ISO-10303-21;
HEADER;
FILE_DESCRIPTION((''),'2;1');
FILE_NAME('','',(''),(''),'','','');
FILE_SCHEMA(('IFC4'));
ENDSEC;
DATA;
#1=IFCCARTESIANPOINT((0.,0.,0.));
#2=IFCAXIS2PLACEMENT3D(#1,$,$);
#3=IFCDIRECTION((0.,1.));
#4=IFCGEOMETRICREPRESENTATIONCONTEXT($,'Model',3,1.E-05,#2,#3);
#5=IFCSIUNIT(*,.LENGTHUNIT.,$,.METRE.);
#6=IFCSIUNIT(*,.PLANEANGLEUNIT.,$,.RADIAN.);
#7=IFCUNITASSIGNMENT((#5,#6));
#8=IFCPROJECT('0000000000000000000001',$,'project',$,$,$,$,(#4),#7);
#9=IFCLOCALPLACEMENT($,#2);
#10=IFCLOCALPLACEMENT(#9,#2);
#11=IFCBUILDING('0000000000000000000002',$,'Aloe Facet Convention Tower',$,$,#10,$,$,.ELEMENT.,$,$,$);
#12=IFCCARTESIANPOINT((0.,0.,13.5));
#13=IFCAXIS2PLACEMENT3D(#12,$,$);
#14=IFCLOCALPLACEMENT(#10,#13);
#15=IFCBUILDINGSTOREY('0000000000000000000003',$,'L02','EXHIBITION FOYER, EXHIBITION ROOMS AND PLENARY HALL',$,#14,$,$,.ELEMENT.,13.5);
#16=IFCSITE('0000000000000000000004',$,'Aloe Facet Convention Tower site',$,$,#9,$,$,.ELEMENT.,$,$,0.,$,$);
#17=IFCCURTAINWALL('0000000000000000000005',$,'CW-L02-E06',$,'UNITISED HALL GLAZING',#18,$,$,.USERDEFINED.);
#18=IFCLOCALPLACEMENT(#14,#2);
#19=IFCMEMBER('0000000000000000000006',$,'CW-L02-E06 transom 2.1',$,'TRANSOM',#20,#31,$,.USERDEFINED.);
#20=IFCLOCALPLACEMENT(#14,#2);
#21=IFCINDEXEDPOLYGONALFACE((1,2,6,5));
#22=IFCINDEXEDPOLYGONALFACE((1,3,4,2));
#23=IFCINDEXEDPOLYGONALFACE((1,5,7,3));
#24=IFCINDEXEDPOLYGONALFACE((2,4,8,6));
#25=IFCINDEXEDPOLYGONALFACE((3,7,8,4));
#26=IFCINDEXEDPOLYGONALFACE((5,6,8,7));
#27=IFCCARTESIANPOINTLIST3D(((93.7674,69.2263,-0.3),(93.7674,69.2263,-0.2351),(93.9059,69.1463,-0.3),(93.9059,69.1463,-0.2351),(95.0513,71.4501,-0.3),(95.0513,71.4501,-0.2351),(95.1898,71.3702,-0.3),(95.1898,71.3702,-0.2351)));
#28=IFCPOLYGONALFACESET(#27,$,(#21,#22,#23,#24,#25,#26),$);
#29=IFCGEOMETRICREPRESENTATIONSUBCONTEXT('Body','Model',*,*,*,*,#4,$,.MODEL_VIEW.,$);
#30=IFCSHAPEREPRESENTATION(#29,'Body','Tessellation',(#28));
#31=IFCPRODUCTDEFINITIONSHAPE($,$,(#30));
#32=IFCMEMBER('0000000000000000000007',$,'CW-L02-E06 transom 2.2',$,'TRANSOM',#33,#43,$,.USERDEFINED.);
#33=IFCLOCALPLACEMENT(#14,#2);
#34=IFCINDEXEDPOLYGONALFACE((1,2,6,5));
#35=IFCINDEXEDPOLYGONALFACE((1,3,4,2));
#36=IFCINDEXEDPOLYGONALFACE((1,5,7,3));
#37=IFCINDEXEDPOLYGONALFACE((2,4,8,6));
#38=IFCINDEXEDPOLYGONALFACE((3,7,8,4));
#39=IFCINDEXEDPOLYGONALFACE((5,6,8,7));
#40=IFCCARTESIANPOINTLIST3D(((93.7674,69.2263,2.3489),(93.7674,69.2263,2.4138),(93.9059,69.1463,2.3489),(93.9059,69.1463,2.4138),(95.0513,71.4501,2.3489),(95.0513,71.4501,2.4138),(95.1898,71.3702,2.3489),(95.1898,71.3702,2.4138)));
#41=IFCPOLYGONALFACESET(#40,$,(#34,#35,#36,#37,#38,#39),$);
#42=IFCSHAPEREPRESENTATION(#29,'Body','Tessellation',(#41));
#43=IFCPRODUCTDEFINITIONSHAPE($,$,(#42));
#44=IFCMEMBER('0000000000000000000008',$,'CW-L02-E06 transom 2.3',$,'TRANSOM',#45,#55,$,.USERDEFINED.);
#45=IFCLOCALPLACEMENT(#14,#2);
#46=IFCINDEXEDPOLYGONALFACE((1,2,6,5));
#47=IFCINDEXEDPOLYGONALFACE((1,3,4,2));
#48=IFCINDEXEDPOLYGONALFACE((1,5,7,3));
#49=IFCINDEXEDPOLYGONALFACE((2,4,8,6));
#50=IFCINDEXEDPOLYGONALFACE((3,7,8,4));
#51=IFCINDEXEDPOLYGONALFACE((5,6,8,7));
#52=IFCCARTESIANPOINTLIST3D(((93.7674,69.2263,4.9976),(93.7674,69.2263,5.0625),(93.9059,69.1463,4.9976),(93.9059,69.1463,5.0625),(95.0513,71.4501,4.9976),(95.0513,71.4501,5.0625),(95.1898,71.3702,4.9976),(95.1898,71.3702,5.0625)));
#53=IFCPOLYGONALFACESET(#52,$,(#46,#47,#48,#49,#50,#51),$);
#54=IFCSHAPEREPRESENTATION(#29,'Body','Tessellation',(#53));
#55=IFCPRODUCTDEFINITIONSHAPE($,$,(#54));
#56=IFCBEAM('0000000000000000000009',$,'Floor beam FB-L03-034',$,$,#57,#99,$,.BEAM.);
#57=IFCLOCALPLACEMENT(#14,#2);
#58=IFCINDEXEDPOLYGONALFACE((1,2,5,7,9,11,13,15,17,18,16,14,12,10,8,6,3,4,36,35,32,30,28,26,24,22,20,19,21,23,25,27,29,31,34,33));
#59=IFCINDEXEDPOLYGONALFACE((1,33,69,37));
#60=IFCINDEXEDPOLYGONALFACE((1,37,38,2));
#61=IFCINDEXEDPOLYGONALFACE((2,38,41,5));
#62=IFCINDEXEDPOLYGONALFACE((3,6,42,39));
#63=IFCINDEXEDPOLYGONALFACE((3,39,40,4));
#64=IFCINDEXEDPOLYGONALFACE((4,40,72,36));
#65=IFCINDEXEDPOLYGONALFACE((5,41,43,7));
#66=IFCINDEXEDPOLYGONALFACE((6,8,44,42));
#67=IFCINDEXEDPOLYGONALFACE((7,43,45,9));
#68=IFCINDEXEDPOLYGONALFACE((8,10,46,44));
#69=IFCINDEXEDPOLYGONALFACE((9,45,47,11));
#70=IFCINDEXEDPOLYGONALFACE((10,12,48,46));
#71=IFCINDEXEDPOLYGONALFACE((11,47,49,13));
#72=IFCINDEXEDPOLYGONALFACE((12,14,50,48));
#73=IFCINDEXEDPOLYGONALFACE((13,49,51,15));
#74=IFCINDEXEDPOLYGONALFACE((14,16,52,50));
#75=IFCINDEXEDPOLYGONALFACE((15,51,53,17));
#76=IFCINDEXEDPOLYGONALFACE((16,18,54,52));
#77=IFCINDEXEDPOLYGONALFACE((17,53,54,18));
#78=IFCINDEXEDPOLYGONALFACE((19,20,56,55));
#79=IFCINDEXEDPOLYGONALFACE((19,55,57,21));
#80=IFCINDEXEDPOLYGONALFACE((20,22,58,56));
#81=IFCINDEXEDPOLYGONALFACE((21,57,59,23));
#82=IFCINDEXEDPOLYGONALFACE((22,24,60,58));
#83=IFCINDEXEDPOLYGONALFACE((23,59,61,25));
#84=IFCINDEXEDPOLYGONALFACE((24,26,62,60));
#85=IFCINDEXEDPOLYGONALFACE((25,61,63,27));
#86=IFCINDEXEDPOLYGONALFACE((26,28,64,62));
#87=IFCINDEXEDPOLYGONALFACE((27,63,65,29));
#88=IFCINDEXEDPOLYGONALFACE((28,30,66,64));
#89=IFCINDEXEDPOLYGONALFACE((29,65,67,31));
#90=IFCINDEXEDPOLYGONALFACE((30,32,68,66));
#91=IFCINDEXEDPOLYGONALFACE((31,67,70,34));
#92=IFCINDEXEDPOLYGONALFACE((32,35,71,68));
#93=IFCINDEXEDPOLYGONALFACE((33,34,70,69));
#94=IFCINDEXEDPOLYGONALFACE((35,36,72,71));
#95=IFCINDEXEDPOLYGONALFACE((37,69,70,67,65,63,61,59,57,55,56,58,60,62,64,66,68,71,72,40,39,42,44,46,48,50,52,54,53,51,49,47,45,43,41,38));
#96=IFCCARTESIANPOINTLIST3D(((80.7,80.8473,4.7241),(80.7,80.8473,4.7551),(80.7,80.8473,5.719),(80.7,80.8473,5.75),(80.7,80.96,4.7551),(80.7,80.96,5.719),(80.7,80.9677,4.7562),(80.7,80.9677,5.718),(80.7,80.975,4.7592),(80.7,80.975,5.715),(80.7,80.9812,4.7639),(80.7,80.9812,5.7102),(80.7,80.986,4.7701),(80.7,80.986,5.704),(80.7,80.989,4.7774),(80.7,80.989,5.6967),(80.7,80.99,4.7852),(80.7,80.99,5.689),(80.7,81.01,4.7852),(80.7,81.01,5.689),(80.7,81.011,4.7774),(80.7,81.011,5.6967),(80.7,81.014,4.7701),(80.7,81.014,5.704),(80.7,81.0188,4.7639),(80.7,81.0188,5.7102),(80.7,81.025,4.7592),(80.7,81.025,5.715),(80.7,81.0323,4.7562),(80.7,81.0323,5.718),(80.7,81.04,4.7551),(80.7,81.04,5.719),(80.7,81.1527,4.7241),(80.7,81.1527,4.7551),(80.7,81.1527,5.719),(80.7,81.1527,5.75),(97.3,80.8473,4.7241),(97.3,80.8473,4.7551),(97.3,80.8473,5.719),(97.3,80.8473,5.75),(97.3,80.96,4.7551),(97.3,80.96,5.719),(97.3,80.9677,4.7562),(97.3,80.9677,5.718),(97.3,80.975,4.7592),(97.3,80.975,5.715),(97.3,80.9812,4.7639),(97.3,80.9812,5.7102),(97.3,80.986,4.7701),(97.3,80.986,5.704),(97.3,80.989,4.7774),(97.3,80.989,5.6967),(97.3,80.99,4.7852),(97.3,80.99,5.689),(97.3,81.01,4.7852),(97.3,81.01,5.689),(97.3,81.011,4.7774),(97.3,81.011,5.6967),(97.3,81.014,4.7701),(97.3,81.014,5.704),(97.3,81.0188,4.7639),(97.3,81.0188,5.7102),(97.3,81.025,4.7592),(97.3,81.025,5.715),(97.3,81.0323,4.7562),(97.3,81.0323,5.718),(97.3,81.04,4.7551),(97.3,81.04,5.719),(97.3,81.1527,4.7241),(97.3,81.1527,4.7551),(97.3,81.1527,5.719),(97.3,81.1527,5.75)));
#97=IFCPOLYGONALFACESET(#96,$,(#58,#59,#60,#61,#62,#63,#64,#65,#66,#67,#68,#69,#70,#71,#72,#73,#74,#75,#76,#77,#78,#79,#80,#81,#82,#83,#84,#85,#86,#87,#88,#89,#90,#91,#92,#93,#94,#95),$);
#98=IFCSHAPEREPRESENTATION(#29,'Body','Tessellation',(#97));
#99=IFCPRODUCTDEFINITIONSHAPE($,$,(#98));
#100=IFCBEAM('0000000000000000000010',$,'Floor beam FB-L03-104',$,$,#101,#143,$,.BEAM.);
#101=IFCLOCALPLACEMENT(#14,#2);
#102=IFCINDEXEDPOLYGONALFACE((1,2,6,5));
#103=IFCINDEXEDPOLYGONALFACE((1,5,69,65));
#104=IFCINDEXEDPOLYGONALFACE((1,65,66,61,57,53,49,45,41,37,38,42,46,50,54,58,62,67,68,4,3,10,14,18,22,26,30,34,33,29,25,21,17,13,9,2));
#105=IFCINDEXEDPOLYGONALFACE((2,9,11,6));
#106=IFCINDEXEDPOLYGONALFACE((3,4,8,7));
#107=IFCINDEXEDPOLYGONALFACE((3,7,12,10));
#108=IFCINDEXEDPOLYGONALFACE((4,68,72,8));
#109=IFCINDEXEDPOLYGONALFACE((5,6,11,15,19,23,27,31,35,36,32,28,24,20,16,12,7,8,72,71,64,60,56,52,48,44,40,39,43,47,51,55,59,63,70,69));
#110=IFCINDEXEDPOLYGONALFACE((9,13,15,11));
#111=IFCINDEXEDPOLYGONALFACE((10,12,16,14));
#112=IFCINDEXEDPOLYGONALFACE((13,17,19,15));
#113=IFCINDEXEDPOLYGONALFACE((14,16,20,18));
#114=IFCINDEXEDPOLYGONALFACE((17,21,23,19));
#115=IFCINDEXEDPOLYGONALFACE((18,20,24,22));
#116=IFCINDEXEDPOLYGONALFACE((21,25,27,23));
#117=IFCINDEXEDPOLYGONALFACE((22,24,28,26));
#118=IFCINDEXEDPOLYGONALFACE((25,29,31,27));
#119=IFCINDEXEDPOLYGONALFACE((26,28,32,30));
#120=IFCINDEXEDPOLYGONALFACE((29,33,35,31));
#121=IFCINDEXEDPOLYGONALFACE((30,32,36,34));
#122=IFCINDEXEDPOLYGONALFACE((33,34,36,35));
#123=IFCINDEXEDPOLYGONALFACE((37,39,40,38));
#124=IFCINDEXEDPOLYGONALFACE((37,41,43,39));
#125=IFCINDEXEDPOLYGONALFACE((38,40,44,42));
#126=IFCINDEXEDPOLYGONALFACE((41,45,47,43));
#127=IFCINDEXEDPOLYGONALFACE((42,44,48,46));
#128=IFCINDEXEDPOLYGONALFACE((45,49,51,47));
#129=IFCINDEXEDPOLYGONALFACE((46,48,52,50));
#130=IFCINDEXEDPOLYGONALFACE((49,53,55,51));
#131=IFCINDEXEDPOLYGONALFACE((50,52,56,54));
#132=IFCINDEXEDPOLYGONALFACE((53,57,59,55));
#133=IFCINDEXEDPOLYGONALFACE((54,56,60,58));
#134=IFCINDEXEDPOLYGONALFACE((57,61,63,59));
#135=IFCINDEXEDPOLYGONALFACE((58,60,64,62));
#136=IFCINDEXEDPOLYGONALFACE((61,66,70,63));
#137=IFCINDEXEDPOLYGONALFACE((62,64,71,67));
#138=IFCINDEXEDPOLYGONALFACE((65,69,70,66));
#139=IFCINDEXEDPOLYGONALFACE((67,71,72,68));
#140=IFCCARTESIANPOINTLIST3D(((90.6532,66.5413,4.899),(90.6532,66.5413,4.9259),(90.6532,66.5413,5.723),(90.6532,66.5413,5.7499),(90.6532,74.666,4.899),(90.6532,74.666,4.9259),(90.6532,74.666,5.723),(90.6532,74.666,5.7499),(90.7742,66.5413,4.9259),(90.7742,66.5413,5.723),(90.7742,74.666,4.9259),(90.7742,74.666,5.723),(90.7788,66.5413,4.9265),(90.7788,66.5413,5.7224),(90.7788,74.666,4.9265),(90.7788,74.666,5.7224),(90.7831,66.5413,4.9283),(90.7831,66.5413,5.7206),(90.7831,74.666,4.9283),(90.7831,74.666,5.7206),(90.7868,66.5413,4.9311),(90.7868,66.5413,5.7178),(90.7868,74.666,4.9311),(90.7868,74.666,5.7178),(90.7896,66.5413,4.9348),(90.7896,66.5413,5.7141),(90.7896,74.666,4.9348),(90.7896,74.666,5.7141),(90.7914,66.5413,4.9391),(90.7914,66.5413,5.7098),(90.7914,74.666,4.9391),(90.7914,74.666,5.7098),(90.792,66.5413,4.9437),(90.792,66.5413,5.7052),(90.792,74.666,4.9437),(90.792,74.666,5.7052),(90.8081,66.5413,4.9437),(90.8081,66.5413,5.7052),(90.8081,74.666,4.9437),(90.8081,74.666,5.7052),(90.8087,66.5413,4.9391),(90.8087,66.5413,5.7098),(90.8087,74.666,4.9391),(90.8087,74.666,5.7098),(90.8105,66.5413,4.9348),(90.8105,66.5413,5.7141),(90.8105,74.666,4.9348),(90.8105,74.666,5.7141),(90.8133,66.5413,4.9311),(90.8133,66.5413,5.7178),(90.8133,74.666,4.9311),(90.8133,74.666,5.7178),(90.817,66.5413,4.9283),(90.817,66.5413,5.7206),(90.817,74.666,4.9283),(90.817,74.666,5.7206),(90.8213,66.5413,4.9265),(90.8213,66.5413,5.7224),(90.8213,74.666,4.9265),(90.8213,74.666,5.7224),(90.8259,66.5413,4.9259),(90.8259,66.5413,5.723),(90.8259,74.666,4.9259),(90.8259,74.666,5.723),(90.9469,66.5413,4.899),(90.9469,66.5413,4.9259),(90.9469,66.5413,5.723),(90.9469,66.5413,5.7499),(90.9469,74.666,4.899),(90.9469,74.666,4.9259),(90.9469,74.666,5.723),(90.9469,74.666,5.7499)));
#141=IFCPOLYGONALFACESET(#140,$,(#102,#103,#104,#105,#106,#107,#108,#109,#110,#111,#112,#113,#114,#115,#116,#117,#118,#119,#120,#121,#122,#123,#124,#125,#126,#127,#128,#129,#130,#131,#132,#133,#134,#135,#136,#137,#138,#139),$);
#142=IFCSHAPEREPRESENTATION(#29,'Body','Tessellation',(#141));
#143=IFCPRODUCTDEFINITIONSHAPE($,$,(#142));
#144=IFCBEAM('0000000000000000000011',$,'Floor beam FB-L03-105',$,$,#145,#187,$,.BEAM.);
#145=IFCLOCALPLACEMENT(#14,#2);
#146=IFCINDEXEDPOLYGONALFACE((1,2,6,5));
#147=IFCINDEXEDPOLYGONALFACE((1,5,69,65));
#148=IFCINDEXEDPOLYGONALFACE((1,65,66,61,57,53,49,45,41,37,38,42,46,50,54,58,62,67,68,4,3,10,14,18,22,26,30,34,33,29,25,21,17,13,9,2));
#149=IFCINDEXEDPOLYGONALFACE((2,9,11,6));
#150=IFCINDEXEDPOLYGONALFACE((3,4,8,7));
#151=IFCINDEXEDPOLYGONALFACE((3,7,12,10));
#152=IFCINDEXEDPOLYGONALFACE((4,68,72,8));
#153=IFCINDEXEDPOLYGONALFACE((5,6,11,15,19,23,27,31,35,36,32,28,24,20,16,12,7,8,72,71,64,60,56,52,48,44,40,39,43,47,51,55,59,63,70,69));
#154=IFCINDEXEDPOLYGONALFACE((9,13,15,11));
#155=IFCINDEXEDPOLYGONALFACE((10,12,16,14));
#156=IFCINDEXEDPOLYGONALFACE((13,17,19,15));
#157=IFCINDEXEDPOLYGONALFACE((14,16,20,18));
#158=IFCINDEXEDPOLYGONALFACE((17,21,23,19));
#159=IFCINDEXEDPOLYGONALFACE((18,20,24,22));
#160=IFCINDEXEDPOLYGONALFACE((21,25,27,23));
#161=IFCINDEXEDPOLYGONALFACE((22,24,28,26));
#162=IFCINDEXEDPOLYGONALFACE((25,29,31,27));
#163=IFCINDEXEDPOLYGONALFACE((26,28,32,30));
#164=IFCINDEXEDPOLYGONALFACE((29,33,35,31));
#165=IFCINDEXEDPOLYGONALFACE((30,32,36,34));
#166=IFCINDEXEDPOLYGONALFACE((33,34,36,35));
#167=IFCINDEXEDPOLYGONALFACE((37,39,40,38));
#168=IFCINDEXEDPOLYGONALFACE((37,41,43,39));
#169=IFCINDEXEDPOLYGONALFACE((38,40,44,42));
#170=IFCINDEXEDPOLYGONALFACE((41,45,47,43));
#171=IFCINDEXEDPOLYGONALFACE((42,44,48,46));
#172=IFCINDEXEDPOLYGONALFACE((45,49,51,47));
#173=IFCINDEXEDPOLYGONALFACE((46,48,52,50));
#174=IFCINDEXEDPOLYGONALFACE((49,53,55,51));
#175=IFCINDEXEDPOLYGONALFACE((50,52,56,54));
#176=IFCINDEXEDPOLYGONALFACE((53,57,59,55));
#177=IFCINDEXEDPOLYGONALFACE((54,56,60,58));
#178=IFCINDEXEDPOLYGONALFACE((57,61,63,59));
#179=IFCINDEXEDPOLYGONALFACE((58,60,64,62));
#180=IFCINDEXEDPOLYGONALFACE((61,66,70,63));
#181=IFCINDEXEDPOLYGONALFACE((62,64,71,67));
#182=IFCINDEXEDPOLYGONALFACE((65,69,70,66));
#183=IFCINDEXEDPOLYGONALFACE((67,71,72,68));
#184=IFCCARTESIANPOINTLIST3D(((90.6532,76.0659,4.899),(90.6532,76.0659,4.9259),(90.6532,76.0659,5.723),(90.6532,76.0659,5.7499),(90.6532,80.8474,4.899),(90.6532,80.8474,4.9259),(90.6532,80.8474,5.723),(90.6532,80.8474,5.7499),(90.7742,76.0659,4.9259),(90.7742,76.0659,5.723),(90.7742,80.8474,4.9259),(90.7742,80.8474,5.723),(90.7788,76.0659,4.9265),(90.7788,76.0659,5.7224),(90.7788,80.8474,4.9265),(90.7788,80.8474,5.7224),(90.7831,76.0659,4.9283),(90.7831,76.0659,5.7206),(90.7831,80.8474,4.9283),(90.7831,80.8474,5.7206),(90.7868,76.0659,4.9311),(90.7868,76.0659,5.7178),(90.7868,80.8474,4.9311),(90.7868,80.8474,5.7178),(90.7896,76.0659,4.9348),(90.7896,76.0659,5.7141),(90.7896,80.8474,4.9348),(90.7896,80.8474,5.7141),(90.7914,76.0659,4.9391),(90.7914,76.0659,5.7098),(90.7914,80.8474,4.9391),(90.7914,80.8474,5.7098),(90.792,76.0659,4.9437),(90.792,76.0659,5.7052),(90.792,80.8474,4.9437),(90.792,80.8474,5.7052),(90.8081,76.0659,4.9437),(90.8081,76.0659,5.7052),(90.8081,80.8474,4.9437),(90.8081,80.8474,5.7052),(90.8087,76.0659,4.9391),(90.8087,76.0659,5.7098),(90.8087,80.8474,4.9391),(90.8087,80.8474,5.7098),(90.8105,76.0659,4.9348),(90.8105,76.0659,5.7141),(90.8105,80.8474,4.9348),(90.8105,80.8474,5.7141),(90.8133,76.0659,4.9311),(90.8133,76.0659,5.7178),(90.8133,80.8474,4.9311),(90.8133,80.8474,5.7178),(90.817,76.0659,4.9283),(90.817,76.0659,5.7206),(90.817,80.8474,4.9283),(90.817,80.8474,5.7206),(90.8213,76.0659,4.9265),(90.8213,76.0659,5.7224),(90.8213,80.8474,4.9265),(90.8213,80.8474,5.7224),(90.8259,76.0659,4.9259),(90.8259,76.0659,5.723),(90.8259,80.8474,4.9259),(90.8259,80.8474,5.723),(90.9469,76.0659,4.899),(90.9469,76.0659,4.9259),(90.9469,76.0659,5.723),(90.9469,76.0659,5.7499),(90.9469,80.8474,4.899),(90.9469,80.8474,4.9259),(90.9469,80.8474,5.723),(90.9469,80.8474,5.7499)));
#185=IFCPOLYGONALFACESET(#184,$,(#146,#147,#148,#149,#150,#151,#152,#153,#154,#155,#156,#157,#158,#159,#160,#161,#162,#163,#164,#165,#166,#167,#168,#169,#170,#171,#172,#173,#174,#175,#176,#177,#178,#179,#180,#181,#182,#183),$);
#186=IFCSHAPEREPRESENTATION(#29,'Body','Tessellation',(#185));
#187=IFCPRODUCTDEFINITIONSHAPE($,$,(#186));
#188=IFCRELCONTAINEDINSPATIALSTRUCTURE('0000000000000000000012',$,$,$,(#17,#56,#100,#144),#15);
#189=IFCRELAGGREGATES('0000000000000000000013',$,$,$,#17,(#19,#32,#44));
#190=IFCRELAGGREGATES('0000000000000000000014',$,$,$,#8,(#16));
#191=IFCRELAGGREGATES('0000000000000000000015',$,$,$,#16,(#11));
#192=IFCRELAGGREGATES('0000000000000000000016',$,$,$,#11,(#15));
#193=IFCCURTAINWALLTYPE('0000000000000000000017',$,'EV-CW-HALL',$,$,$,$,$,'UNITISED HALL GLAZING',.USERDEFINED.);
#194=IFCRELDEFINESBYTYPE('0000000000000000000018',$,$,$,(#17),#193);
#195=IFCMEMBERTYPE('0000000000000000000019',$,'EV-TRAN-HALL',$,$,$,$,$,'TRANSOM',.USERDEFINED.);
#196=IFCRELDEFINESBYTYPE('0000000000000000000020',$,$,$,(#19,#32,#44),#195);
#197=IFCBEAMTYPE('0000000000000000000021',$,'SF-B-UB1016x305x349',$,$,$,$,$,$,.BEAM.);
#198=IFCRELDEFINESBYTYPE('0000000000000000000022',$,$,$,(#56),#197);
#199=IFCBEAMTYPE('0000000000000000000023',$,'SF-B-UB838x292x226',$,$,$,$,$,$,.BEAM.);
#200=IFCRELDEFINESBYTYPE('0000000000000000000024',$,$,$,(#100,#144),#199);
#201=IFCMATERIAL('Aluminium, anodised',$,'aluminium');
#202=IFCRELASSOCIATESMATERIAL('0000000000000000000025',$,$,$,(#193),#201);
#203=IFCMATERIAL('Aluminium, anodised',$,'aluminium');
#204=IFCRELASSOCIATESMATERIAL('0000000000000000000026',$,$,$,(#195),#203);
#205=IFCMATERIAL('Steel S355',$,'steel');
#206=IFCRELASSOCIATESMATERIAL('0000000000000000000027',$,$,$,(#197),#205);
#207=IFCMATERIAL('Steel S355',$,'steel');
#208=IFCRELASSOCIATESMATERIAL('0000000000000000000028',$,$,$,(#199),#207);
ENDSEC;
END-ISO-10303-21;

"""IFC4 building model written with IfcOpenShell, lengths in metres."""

from ifc_helpers import new_model, si_unit, direction, frame, origin, origin_2d, place, context, subcontext, project, spatial, rectangle, i_section, extrude, material, material_profile, profile_set, type_object, element, aggregate, save


model = new_model("IFC4")

# Units and contexts
model_context = context("Model", 3, precision=1e-05, world=origin(), true_north=direction((0.0, 1.0)))
body_context = subcontext(model_context, "Body", "Model", "MODEL_VIEW")
ifc_project = project(units=[si_unit("LENGTHUNIT", "METRE"), si_unit("PLANEANGLEUNIT", "RADIAN")], contexts=[model_context])

# Site, building, storey
site_placement = place(None, origin())
site = spatial("IfcSite", under=ifc_project, at=site_placement, Name="Aloe Facet Convention Tower site", CompositionType="ELEMENT", RefElevation=0.0)
building_placement = place(site_placement, origin())
building = spatial("IfcBuilding", under=site, at=building_placement, Name="Aloe Facet Convention Tower", CompositionType="ELEMENT")
storey_placement = place(building_placement, frame((0.0, 0.0, 13.5)))
storey = spatial("IfcBuildingStorey", under=building, at=storey_placement, Name="L02", Description="EXHIBITION FOYER, EXHIBITION ROOMS AND PLENARY HALL", CompositionType="ELEMENT", Elevation=13.5)

# Shared definitions
ifc_material_1 = material(Name="Aluminium, anodised", Category="aluminium")
curtain_wall_type = type_object("IfcCurtainWallType", Name="EV-CW-HALL", ElementType="UNITISED HALL GLAZING", PredefinedType="USERDEFINED", material=ifc_material_1)

# Curtain wall, members
curtain_wall_1_placement = place(storey_placement, origin())
curtain_wall_1 = element("IfcCurtainWall", 1, at=curtain_wall_1_placement, inside=storey, type_object=curtain_wall_type, Name="CW-L02-E06", ObjectType="UNITISED HALL GLAZING", PredefinedType="USERDEFINED")
ifc_material_2 = material(Name="Aluminium, anodised", Category="aluminium")
ifc_material_profile_1 = material_profile(ifc_material_2, rectangle(XDim=0.1599, YDim=0.0649, at=origin_2d()), Name="AL 160x65")
ifc_profile_set_1 = profile_set([ifc_material_profile_1], Name="Aluminium, anodised")
member_type_1 = type_object("IfcMemberType", Name="EV-TRAN-HALL", ElementType="TRANSOM", PredefinedType="USERDEFINED", material=ifc_profile_set_1)
member_1_placement = place(storey_placement, frame((93.8367, 69.1863, -0.2676), z_axis=(0.499994, 0.866029, 0.0), x_axis=(-0.866029, 0.499994, 0.0)))
member_1 = element("IfcMember", 2, at=member_1_placement, type_object=member_type_1, Name="CW-L02-E06 transom 2.1", ObjectType="TRANSOM", PredefinedType="USERDEFINED", context=body_context, shape_type="SweptSolid", body=[
    extrude(rectangle(XDim=0.1599, YDim=0.0649, at=origin_2d()), origin(), (0.0, 0.0, 1.0), 2.5679),
])
member_2_placement = place(storey_placement, frame((93.8367, 69.1863, 2.3813), z_axis=(0.499994, 0.866029, 0.0), x_axis=(-0.866029, 0.499994, 0.0)))
member_2 = element("IfcMember", 3, at=member_2_placement, type_object=member_type_1, Name="CW-L02-E06 transom 2.2", ObjectType="TRANSOM", PredefinedType="USERDEFINED", context=body_context, shape_type="SweptSolid", body=[
    extrude(rectangle(XDim=0.1599, YDim=0.0649, at=origin_2d()), origin(), (0.0, 0.0, 1.0), 2.5679),
])
member_3_placement = place(storey_placement, frame((93.8367, 69.1863, 5.03), z_axis=(0.499994, 0.866029, 0.0), x_axis=(-0.866029, 0.499994, 0.0)))
member_3 = element("IfcMember", 4, at=member_3_placement, type_object=member_type_1, Name="CW-L02-E06 transom 2.3", ObjectType="TRANSOM", PredefinedType="USERDEFINED", context=body_context, shape_type="SweptSolid", body=[
    extrude(rectangle(XDim=0.1599, YDim=0.0649, at=origin_2d()), origin(), (0.0, 0.0, 1.0), 2.5679),
])

# Beams
ifc_material_3 = material(Name="Steel S355", Category="steel")
ifc_material_profile_2 = material_profile(ifc_material_3, i_section(OverallWidth=0.3054, OverallDepth=1.0259, WebThickness=0.02, FlangeThickness=0.031, FilletRadius=0.03, at=origin_2d()), Name="UB 1016x305x349")
ifc_profile_set_2 = profile_set([ifc_material_profile_2], Name="Steel S355")
beam_type_1 = type_object("IfcBeamType", Name="SF-B-UB1016x305x349", PredefinedType="BEAM", material=ifc_profile_set_2)
beam_1_placement = place(storey_placement, frame((80.7, 81.0, 5.2371), z_axis=(1.0, 0.0, 0.0), x_axis=(0.0, 1.0, 0.0)))
element("IfcBeam", 5, at=beam_1_placement, inside=storey, type_object=beam_type_1, Name="Floor beam FB-L03-034", PredefinedType="BEAM", context=body_context, shape_type="SweptSolid", body=[
    extrude(i_section(OverallWidth=0.3054, OverallDepth=1.0259, WebThickness=0.02, FlangeThickness=0.031, FilletRadius=0.03, at=origin_2d()), origin(), (0.0, 0.0, 1.0), 16.6001),
])
ifc_material_4 = material(Name="Steel S355", Category="steel")
ifc_material_profile_3 = material_profile(ifc_material_4, i_section(OverallWidth=0.2937, OverallDepth=0.8508, WebThickness=0.0161, FlangeThickness=0.0269, FilletRadius=0.0178, at=origin_2d()), Name="UB 838x292x226")
ifc_profile_set_3 = profile_set([ifc_material_profile_3], Name="Steel S355")
beam_type_2 = type_object("IfcBeamType", Name="SF-B-UB838x292x226", PredefinedType="BEAM", material=ifc_profile_set_3)
beam_2_placement = place(storey_placement, frame((90.8, 66.5413, 5.3245), z_axis=(0.0, 1.0, 0.0), x_axis=(-1.0, 0.0, 0.0)))
element("IfcBeam", 6, at=beam_2_placement, inside=storey, type_object=beam_type_2, Name="Floor beam FB-L03-104", PredefinedType="BEAM", context=body_context, shape_type="SweptSolid", body=[
    extrude(i_section(OverallWidth=0.2937, OverallDepth=0.8508, WebThickness=0.0161, FlangeThickness=0.0269, FilletRadius=0.0178, at=origin_2d()), origin(), (0.0, 0.0, 1.0), 8.1248),
])
beam_3_placement = place(storey_placement, frame((90.8, 76.0659, 5.3245), z_axis=(0.0, 1.0, 0.0), x_axis=(-1.0, 0.0, 0.0)))
element("IfcBeam", 7, at=beam_3_placement, inside=storey, type_object=beam_type_2, Name="Floor beam FB-L03-105", PredefinedType="BEAM", context=body_context, shape_type="SweptSolid", body=[
    extrude(i_section(OverallWidth=0.2937, OverallDepth=0.8508, WebThickness=0.0161, FlangeThickness=0.0269, FilletRadius=0.0178, at=origin_2d()), origin(), (0.0, 0.0, 1.0), 4.7815),
])

aggregate(curtain_wall_1, [member_1, member_2, member_3])

save(model, "model.ifc")
